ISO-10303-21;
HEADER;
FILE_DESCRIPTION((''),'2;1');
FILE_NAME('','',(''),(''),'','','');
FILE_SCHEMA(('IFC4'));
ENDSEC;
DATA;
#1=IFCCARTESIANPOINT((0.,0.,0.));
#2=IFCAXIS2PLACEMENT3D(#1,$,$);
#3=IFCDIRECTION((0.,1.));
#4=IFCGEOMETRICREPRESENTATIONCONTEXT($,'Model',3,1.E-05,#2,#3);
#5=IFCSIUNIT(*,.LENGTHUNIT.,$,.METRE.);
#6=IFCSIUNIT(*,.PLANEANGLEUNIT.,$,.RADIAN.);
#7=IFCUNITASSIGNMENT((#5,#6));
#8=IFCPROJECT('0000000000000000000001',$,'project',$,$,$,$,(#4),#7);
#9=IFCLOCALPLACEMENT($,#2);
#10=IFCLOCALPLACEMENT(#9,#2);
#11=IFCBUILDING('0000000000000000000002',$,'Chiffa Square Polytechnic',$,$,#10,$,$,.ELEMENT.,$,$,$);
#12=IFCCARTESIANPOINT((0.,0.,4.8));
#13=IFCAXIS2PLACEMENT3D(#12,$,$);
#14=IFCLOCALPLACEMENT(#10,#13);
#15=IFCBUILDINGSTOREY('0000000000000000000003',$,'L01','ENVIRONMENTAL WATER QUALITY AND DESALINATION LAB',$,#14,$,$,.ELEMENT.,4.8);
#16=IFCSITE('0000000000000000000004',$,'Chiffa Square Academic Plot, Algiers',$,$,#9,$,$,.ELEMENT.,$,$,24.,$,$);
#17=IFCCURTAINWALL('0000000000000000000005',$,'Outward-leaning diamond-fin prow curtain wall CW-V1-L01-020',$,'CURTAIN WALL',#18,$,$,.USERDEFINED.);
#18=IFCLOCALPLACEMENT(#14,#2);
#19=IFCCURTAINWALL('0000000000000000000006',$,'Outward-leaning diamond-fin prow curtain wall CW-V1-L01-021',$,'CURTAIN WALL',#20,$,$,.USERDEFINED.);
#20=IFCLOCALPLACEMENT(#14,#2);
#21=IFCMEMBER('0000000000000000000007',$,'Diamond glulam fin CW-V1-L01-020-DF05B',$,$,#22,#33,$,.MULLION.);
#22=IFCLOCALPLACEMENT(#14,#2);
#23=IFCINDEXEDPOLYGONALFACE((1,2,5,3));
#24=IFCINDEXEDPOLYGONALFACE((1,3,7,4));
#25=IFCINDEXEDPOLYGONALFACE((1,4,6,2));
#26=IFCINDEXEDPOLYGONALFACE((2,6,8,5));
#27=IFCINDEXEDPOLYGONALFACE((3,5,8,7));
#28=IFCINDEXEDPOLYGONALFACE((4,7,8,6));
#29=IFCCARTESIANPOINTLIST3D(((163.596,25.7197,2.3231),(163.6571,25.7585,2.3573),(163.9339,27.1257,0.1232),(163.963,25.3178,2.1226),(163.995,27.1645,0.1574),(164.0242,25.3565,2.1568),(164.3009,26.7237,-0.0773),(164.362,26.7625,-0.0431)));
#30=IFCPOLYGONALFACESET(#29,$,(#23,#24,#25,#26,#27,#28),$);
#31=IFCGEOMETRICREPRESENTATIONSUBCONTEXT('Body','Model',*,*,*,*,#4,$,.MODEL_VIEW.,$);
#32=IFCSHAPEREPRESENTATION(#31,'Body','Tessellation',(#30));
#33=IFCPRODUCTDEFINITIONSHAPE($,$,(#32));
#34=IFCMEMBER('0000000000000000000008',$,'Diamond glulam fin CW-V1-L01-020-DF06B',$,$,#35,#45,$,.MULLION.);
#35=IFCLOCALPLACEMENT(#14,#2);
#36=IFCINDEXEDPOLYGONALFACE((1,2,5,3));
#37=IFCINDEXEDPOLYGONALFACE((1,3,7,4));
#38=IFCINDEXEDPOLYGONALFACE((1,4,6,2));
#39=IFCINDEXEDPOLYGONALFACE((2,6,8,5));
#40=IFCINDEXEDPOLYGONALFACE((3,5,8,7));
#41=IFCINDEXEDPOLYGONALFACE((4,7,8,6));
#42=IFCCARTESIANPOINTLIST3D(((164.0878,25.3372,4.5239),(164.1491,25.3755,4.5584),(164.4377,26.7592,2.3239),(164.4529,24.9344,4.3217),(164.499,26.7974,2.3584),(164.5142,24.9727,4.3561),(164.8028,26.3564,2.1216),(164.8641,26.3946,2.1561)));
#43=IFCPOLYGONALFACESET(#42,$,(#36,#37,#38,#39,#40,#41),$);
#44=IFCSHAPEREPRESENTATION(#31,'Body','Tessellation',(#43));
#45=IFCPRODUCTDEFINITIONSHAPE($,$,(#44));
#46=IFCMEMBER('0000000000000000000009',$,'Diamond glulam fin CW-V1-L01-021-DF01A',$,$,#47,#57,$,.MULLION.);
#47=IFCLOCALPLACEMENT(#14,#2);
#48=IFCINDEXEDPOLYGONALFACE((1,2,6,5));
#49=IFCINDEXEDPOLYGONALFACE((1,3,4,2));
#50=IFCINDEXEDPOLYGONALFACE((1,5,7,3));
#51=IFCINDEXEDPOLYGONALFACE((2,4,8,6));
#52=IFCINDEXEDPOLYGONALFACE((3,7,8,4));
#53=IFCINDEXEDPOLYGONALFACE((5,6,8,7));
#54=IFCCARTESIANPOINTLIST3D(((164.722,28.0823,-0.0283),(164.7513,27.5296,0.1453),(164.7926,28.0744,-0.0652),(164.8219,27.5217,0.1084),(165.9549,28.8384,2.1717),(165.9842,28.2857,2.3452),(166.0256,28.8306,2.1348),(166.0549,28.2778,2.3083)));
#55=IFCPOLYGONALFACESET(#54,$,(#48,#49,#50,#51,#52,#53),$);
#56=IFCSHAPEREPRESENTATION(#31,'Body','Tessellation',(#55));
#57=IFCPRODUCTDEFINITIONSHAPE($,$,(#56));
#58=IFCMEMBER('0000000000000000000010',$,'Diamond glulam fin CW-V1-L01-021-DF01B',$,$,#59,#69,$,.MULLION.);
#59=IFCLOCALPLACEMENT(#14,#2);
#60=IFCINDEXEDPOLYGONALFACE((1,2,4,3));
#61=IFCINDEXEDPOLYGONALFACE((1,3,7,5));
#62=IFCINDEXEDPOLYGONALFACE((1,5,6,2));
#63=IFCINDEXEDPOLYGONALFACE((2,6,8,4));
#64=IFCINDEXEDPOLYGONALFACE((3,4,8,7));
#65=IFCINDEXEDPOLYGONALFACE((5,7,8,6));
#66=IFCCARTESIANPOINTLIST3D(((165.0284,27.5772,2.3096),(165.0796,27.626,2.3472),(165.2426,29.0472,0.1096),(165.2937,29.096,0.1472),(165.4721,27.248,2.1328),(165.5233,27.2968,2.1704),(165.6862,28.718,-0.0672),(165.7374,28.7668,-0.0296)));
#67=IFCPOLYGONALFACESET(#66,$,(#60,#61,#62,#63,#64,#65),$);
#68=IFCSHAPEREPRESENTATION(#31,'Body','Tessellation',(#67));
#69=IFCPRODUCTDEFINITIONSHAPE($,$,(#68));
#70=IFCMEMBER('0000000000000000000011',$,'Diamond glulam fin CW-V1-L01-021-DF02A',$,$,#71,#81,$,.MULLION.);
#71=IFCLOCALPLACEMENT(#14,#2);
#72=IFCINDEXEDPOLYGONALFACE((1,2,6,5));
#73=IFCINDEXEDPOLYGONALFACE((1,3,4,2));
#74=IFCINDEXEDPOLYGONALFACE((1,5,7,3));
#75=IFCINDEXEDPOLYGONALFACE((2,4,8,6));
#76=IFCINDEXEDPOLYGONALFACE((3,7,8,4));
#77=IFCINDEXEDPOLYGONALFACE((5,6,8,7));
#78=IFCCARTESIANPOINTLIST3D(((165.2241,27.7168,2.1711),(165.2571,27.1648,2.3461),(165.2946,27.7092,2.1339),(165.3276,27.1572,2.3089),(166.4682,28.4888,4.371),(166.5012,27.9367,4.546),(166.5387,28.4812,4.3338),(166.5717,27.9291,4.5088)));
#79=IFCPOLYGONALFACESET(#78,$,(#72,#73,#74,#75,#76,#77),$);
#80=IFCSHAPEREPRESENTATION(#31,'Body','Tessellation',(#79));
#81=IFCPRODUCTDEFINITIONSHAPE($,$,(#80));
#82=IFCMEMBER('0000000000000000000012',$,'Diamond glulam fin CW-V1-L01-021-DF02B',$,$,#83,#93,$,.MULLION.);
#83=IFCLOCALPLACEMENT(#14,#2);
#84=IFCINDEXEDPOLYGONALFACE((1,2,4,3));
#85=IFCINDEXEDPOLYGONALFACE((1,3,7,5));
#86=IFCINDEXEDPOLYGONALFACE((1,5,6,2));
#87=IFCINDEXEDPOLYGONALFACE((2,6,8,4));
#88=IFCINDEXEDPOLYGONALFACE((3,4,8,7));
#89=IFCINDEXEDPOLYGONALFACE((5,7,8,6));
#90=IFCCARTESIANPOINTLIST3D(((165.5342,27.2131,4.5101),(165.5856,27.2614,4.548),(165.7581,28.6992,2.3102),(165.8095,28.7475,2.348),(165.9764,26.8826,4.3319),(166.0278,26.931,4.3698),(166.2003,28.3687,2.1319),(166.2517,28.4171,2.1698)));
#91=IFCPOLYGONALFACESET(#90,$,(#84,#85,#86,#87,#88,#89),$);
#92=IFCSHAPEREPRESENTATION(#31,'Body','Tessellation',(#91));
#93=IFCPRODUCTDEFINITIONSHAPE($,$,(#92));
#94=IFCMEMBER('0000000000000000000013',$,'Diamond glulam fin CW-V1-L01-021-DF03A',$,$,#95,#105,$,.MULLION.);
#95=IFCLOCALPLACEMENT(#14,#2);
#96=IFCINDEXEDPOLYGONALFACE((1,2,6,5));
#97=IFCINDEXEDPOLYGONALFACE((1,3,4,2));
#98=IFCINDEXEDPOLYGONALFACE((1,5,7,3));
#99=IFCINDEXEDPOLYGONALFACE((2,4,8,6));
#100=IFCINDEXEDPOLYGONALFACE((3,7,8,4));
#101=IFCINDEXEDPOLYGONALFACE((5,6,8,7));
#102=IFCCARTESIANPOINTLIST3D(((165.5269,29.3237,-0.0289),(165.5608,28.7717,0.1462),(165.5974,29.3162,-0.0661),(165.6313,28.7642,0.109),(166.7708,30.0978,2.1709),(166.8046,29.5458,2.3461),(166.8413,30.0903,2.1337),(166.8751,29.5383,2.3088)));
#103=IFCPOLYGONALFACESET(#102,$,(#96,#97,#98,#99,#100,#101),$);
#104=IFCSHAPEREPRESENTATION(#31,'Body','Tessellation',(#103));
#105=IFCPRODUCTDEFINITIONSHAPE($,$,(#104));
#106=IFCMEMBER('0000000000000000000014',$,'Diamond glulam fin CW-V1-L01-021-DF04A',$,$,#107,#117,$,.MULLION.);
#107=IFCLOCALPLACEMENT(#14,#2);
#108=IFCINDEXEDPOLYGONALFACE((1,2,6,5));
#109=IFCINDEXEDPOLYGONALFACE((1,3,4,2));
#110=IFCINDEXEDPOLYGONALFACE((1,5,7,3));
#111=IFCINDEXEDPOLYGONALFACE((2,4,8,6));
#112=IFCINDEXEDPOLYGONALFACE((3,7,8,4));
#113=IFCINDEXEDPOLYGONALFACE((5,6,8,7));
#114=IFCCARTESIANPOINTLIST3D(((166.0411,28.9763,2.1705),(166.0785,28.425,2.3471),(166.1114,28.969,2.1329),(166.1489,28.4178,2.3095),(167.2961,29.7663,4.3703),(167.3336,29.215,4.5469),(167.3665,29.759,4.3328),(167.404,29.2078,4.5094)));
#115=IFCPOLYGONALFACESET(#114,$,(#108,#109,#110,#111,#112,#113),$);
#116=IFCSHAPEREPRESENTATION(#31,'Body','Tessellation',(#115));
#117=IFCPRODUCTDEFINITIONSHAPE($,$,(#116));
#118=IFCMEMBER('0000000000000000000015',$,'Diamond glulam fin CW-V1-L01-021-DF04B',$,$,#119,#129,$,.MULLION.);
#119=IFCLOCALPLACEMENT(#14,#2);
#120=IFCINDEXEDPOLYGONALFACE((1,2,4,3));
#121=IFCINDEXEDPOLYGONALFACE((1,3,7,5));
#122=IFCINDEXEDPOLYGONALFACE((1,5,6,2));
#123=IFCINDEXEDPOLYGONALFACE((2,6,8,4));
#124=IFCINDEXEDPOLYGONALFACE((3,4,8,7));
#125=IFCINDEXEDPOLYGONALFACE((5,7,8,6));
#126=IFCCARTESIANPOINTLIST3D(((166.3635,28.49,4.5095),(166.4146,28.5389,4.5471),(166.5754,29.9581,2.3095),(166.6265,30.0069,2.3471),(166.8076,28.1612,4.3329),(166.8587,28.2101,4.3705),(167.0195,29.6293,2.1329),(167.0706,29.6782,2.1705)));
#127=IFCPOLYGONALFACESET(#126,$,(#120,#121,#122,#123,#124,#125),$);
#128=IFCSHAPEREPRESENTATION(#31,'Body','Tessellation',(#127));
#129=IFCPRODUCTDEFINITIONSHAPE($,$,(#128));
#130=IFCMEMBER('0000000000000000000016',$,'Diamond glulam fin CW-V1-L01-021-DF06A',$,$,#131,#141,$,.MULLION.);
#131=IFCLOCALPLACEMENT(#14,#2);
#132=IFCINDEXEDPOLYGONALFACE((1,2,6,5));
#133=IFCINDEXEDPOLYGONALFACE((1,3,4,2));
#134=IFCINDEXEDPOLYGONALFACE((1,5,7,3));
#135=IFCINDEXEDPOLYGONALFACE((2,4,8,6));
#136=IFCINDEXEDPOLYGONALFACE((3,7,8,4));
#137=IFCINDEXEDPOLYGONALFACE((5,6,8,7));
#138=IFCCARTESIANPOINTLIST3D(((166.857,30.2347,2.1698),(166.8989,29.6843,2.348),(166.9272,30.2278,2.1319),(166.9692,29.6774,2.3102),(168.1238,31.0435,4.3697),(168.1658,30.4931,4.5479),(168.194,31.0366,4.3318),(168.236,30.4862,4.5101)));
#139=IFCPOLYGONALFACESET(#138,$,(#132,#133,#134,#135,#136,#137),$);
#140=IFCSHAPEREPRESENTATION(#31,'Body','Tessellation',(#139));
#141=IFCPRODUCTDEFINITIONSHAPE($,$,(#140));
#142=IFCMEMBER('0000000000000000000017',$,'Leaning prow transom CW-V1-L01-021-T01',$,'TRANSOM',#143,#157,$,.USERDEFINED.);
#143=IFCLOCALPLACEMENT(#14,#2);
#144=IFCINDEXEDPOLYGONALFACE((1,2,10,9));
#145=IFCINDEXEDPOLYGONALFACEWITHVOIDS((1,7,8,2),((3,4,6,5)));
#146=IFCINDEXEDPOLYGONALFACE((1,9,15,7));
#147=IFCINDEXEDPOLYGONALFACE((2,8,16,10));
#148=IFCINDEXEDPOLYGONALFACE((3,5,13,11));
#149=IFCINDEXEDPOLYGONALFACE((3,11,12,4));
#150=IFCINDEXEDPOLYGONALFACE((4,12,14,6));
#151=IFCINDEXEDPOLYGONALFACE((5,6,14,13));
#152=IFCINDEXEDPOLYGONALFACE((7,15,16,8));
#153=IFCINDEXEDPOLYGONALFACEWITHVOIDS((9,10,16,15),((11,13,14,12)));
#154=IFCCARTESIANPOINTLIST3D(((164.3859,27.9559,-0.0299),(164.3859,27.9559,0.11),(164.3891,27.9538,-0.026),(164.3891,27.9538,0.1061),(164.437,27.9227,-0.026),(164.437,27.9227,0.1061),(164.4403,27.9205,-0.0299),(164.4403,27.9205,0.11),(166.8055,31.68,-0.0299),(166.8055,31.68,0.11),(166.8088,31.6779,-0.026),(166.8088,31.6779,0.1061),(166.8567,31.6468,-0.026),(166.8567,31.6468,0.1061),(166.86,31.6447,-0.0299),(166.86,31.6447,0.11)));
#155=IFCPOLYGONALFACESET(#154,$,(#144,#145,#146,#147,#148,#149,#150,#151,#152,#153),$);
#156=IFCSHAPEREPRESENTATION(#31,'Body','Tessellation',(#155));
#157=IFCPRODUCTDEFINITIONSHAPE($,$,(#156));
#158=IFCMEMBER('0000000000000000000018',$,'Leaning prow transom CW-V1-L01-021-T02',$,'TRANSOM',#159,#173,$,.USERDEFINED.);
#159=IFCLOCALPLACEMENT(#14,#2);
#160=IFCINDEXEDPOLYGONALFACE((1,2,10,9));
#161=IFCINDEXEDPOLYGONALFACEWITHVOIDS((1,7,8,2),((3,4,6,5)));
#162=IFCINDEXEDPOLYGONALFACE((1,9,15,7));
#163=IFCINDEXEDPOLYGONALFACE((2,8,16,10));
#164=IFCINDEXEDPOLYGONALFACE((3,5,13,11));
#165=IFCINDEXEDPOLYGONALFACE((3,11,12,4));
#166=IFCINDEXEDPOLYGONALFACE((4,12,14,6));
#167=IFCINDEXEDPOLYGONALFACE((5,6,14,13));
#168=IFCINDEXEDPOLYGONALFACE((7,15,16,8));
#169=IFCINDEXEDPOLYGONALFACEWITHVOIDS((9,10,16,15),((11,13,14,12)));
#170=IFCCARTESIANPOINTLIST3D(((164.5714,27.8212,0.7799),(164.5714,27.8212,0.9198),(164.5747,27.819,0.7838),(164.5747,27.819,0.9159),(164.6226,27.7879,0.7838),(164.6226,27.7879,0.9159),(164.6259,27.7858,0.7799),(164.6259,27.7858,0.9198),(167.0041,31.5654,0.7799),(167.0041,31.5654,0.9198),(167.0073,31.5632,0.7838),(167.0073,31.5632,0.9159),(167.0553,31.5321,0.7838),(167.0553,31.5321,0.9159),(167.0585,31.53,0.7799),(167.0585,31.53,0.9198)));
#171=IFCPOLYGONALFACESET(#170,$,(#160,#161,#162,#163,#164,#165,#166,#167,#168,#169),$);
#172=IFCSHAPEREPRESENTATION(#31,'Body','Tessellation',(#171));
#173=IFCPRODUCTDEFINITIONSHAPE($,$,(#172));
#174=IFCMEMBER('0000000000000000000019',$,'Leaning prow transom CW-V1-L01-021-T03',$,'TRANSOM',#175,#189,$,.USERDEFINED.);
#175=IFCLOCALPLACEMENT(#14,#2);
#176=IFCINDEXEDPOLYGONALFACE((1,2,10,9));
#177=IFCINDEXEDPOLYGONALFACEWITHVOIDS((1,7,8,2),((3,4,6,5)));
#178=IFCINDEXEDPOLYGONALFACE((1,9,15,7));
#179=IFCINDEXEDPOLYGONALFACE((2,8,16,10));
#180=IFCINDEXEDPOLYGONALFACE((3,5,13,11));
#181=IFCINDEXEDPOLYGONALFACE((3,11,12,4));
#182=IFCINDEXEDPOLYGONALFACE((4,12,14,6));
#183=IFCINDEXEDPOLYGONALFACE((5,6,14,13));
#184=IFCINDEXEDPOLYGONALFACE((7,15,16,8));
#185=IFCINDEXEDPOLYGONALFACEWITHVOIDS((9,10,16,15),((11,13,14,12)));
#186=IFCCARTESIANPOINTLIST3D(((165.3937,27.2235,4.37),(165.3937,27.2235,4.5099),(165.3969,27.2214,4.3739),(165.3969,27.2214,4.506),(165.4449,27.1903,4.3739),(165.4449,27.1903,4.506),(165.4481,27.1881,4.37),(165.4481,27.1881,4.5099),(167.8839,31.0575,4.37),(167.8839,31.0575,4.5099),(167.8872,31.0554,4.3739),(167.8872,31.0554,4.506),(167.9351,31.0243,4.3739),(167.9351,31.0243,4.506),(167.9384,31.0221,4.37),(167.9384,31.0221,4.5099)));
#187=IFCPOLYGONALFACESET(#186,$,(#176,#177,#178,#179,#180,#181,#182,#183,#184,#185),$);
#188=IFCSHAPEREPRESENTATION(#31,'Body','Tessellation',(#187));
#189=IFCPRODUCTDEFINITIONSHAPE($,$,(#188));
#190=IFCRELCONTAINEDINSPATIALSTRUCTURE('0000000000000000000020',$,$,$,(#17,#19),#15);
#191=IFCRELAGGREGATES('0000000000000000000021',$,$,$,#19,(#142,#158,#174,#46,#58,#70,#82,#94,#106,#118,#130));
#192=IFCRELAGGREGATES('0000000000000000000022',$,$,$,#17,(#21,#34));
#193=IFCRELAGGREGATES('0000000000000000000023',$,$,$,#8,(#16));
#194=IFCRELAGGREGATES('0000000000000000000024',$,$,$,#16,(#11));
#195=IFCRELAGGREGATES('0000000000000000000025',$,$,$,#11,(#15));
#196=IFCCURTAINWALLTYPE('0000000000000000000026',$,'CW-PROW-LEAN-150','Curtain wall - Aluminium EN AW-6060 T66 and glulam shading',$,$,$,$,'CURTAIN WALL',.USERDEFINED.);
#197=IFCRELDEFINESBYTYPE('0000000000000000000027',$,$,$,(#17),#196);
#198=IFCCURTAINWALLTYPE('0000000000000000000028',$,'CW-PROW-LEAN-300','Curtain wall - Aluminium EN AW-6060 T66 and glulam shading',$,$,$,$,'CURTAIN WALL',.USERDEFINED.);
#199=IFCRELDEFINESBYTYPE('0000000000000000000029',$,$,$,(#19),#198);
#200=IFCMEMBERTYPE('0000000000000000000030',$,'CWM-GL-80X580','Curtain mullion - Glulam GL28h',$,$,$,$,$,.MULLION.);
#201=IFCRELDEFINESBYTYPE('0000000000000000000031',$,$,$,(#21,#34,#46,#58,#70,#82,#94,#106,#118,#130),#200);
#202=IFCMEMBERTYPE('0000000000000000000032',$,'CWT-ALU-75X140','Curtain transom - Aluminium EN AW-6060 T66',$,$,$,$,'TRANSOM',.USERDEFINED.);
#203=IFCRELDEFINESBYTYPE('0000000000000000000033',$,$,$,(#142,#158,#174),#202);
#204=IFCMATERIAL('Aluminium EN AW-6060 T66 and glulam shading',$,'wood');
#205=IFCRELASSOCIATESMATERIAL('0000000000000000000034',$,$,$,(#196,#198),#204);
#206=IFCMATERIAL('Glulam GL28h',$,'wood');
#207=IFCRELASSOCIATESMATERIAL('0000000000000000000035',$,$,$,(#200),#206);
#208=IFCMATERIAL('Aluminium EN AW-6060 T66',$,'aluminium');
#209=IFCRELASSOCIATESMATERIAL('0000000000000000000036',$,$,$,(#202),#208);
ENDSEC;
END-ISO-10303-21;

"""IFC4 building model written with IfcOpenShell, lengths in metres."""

from ifc_helpers import new_model, si_unit, direction, frame, origin, origin_2d, place, context, subcontext, project, spatial, rectangle, hollow_rectangle, extrude, material, material_profile, profile_set, type_object, element, aggregate, save


model = new_model("IFC4")

# Units and contexts
model_context = context("Model", 3, precision=1e-05, world=origin(), true_north=direction((0.0, 1.0)))
body_context = subcontext(model_context, "Body", "Model", "MODEL_VIEW")
ifc_project = project(units=[si_unit("LENGTHUNIT", "METRE"), si_unit("PLANEANGLEUNIT", "RADIAN")], contexts=[model_context])

# Site, building, storey
site_placement = place(None, origin())
site = spatial("IfcSite", under=ifc_project, at=site_placement, Name="Chiffa Square Academic Plot, Algiers", CompositionType="ELEMENT", RefElevation=24.0)
building_placement = place(site_placement, origin())
building = spatial("IfcBuilding", under=site, at=building_placement, Name="Chiffa Square Polytechnic", CompositionType="ELEMENT")
storey_placement = place(building_placement, frame((0.0, 0.0, 4.8)))
storey = spatial("IfcBuildingStorey", under=building, at=storey_placement, Name="L01", Description="ENVIRONMENTAL WATER QUALITY AND DESALINATION LAB", CompositionType="ELEMENT", Elevation=4.8)

# Curtain walls
ifc_material_1 = material(Name="Aluminium EN AW-6060 T66 and glulam shading", Category="wood")
curtain_wall_type_1 = type_object("IfcCurtainWallType", Name="CW-PROW-LEAN-150", Description="Curtain wall - Aluminium EN AW-6060 T66 and glulam shading", ElementType="CURTAIN WALL", PredefinedType="USERDEFINED", material=ifc_material_1)
curtain_wall_1_placement = place(storey_placement, origin())
curtain_wall_1 = element("IfcCurtainWall", 1, at=curtain_wall_1_placement, inside=storey, type_object=curtain_wall_type_1, Name="Outward-leaning diamond-fin prow curtain wall CW-V1-L01-020", ObjectType="CURTAIN WALL", PredefinedType="USERDEFINED")
ifc_material_2 = material(Name="Aluminium EN AW-6060 T66", Category="aluminium")
curtain_wall_type_2 = type_object("IfcCurtainWallType", Name="CW-PROW-LEAN-300", Description="Curtain wall - Aluminium EN AW-6060 T66 and glulam shading", ElementType="CURTAIN WALL", PredefinedType="USERDEFINED", material=ifc_material_1)
curtain_wall_2_placement = place(storey_placement, origin())
curtain_wall_2 = element("IfcCurtainWall", 2, at=curtain_wall_2_placement, inside=storey, type_object=curtain_wall_type_2, Name="Outward-leaning diamond-fin prow curtain wall CW-V1-L01-021", ObjectType="CURTAIN WALL", PredefinedType="USERDEFINED")

# Members
ifc_material_3 = material(Name="Glulam GL28h", Category="wood")
ifc_material_profile_1 = material_profile(ifc_material_3, rectangle(XDim=0.0801, YDim=0.5801, at=origin_2d()), Name="GL28h 80x580")
ifc_profile_set_1 = profile_set([ifc_material_profile_1], Name="Glulam GL28h")
member_type_1 = type_object("IfcMemberType", Name="CWM-GL-80X580", Description="Curtain mullion - Glulam GL28h", PredefinedType="MULLION", material=ifc_profile_set_1)
member_1_placement = place(storey_placement, frame((164.1479, 26.9441, 0.04), z_axis=(-0.128347, -0.534066, 0.835644), x_axis=(0.763646, 0.484388, 0.426864)))
member_1 = element("IfcMember", 3, at=member_1_placement, type_object=member_type_1, Name="Diamond glulam fin CW-V1-L01-020-DF05B", PredefinedType="MULLION", context=body_context, shape_type="SweptSolid", body=[
    extrude(rectangle(XDim=0.0801, YDim=0.5801, at=origin_2d()), origin(), (0.0, 0.0, 1.0), 2.6326),
])
member_2_placement = place(storey_placement, frame((164.6509, 26.5769, 2.24), z_axis=(-0.132384, -0.538037, 0.832461), x_axis=(0.765665, 0.477846, 0.430604)))
member_2 = element("IfcMember", 4, at=member_2_placement, type_object=member_type_1, Name="Diamond glulam fin CW-V1-L01-020-DF06B", PredefinedType="MULLION", context=body_context, shape_type="SweptSolid", body=[
    extrude(rectangle(XDim=0.0801, YDim=0.5801, at=origin_2d()), origin(), (0.0, 0.0, 1.0), 2.6428),
])
member_3_placement = place(storey_placement, frame((164.772, 27.802, 0.04), z_axis=(0.468292, 0.287188, 0.835599), x_axis=(-0.88213, 0.097919, 0.460715)))
member_3 = element("IfcMember", 5, at=member_3_placement, type_object=member_type_1, Name="Diamond glulam fin CW-V1-L01-021-DF01A", PredefinedType="MULLION", context=body_context, shape_type="SweptSolid", body=[
    extrude(rectangle(XDim=0.0801, YDim=0.5801, at=origin_2d()), origin(), (0.0, 0.0, 1.0), 2.6328),
])
member_4_placement = place(storey_placement, frame((165.49, 28.907, 0.04), z_axis=(-0.080659, -0.553763, 0.828759), x_axis=(0.639134, 0.609296, 0.469325)))
member_4 = element("IfcMember", 6, at=member_4_placement, type_object=member_type_1, Name="Diamond glulam fin CW-V1-L01-021-DF01B", PredefinedType="MULLION", context=body_context, shape_type="SweptSolid", body=[
    extrude(rectangle(XDim=0.0801, YDim=0.5801, at=origin_2d()), origin(), (0.0, 0.0, 1.0), 2.6545),
])
member_5_placement = place(storey_placement, frame((165.2759, 27.437, 2.24), z_axis=(0.470792, 0.29212, 0.832478), x_axis=(-0.880406, 0.094685, 0.464672)))
member_5 = element("IfcMember", 7, at=member_5_placement, type_object=member_type_1, Name="Diamond glulam fin CW-V1-L01-021-DF02A", PredefinedType="MULLION", context=body_context, shape_type="SweptSolid", body=[
    extrude(rectangle(XDim=0.0801, YDim=0.5801, at=origin_2d()), origin(), (0.0, 0.0, 1.0), 2.6426),
])
member_6_placement = place(storey_placement, frame((166.0049, 28.5581, 2.24), z_axis=(-0.084029, -0.557782, 0.825723), x_axis=(0.641724, 0.603649, 0.473074)))
member_6 = element("IfcMember", 8, at=member_6_placement, type_object=member_type_1, Name="Diamond glulam fin CW-V1-L01-021-DF02B", PredefinedType="MULLION", context=body_context, shape_type="SweptSolid", body=[
    extrude(rectangle(XDim=0.0801, YDim=0.5801, at=origin_2d()), origin(), (0.0, 0.0, 1.0), 2.6643),
])
member_7_placement = place(storey_placement, frame((165.5791, 29.0439, 0.04), z_axis=(0.470606, 0.292893, 0.832312), x_axis=(-0.880416, 0.093559, 0.464881)))
member_7 = element("IfcMember", 9, at=member_7_placement, type_object=member_type_1, Name="Diamond glulam fin CW-V1-L01-021-DF03A", PredefinedType="MULLION", context=body_context, shape_type="SweptSolid", body=[
    extrude(rectangle(XDim=0.0801, YDim=0.5801, at=origin_2d()), origin(), (0.0, 0.0, 1.0), 2.6431),
])
member_8_placement = place(storey_placement, frame((166.095, 28.697, 2.24), z_axis=(0.473068, 0.297772, 0.82918), x_axis=(-0.878657, 0.090482, 0.468802)))
member_8 = element("IfcMember", 10, at=member_8_placement, type_object=member_type_1, Name="Diamond glulam fin CW-V1-L01-021-DF04A", PredefinedType="MULLION", context=body_context, shape_type="SweptSolid", body=[
    extrude(rectangle(XDim=0.0801, YDim=0.5801, at=origin_2d()), origin(), (0.0, 0.0, 1.0), 2.6531),
])
member_9_placement = place(storey_placement, frame((166.823, 29.8181, 2.24), z_axis=(-0.079869, -0.553289, 0.829151), x_axis=(0.638403, 0.610437, 0.468837)))
member_9 = element("IfcMember", 11, at=member_9_placement, type_object=member_type_1, Name="Diamond glulam fin CW-V1-L01-021-DF04B", PredefinedType="MULLION", context=body_context, shape_type="SweptSolid", body=[
    extrude(rectangle(XDim=0.0801, YDim=0.5801, at=origin_2d()), origin(), (0.0, 0.0, 1.0), 2.6533),
])
member_10_placement = place(storey_placement, frame((166.9131, 29.9561, 2.24), z_axis=(0.475475, 0.303575, 0.825691), x_axis=(-0.876754, 0.086403, 0.473113)))
member_10 = element("IfcMember", 12, at=member_10_placement, type_object=member_type_1, Name="Diamond glulam fin CW-V1-L01-021-DF06A", PredefinedType="MULLION", context=body_context, shape_type="SweptSolid", body=[
    extrude(rectangle(XDim=0.0801, YDim=0.5801, at=origin_2d()), origin(), (0.0, 0.0, 1.0), 2.6643),
])
ifc_material_profile_2 = material_profile(ifc_material_2, hollow_rectangle(XDim=0.0649, YDim=0.1399, WallThickness=0.0039, at=origin_2d()), Name="ALU 65x140x4")
ifc_profile_set_2 = profile_set([ifc_material_profile_2], Name="Aluminium EN AW-6060 T66")
member_type_2 = type_object("IfcMemberType", Name="CWT-ALU-75X140", Description="Curtain transom - Aluminium EN AW-6060 T66", ElementType="TRANSOM", PredefinedType="USERDEFINED", material=ifc_profile_set_2)
member_11_placement = place(storey_placement, frame((164.4131, 27.9382, 0.04), z_axis=(0.54483, 0.838547, 0.0), x_axis=(-0.838547, 0.54483, 0.0)))
member_11 = element("IfcMember", 13, at=member_11_placement, type_object=member_type_2, Name="Leaning prow transom CW-V1-L01-021-T01", ObjectType="TRANSOM", PredefinedType="USERDEFINED", context=body_context, shape_type="SweptSolid", body=[
    extrude(hollow_rectangle(XDim=0.0649, YDim=0.1399, WallThickness=0.0039, at=origin_2d()), origin(), (0.0, 0.0, 1.0), 4.4412),
])
member_12_placement = place(storey_placement, frame((164.5986, 27.8035, 0.8499), z_axis=(0.544819, 0.838554, 0.0), x_axis=(-0.838554, 0.544819, 0.0)))
member_12 = element("IfcMember", 14, at=member_12_placement, type_object=member_type_2, Name="Leaning prow transom CW-V1-L01-021-T02", ObjectType="TRANSOM", PredefinedType="USERDEFINED", context=body_context, shape_type="SweptSolid", body=[
    extrude(hollow_rectangle(XDim=0.0649, YDim=0.1399, WallThickness=0.0039, at=origin_2d()), origin(), (0.0, 0.0, 1.0), 4.4651),
])
member_13_placement = place(storey_placement, frame((165.4209, 27.2058, 4.4399), z_axis=(0.544703, 0.838629, 0.0), x_axis=(-0.838629, 0.544703, 0.0)))
member_13 = element("IfcMember", 15, at=member_13_placement, type_object=member_type_2, Name="Leaning prow transom CW-V1-L01-021-T03", ObjectType="TRANSOM", PredefinedType="USERDEFINED", context=body_context, shape_type="SweptSolid", body=[
    extrude(hollow_rectangle(XDim=0.0649, YDim=0.1399, WallThickness=0.0039, at=origin_2d()), origin(), (0.0, 0.0, 1.0), 4.5718),
])

aggregate(curtain_wall_2, [member_11, member_12, member_13, member_3, member_4, member_5, member_6, member_7, member_8, member_9, member_10])
aggregate(curtain_wall_1, [member_1, member_2])

save(model, "model.ifc")
